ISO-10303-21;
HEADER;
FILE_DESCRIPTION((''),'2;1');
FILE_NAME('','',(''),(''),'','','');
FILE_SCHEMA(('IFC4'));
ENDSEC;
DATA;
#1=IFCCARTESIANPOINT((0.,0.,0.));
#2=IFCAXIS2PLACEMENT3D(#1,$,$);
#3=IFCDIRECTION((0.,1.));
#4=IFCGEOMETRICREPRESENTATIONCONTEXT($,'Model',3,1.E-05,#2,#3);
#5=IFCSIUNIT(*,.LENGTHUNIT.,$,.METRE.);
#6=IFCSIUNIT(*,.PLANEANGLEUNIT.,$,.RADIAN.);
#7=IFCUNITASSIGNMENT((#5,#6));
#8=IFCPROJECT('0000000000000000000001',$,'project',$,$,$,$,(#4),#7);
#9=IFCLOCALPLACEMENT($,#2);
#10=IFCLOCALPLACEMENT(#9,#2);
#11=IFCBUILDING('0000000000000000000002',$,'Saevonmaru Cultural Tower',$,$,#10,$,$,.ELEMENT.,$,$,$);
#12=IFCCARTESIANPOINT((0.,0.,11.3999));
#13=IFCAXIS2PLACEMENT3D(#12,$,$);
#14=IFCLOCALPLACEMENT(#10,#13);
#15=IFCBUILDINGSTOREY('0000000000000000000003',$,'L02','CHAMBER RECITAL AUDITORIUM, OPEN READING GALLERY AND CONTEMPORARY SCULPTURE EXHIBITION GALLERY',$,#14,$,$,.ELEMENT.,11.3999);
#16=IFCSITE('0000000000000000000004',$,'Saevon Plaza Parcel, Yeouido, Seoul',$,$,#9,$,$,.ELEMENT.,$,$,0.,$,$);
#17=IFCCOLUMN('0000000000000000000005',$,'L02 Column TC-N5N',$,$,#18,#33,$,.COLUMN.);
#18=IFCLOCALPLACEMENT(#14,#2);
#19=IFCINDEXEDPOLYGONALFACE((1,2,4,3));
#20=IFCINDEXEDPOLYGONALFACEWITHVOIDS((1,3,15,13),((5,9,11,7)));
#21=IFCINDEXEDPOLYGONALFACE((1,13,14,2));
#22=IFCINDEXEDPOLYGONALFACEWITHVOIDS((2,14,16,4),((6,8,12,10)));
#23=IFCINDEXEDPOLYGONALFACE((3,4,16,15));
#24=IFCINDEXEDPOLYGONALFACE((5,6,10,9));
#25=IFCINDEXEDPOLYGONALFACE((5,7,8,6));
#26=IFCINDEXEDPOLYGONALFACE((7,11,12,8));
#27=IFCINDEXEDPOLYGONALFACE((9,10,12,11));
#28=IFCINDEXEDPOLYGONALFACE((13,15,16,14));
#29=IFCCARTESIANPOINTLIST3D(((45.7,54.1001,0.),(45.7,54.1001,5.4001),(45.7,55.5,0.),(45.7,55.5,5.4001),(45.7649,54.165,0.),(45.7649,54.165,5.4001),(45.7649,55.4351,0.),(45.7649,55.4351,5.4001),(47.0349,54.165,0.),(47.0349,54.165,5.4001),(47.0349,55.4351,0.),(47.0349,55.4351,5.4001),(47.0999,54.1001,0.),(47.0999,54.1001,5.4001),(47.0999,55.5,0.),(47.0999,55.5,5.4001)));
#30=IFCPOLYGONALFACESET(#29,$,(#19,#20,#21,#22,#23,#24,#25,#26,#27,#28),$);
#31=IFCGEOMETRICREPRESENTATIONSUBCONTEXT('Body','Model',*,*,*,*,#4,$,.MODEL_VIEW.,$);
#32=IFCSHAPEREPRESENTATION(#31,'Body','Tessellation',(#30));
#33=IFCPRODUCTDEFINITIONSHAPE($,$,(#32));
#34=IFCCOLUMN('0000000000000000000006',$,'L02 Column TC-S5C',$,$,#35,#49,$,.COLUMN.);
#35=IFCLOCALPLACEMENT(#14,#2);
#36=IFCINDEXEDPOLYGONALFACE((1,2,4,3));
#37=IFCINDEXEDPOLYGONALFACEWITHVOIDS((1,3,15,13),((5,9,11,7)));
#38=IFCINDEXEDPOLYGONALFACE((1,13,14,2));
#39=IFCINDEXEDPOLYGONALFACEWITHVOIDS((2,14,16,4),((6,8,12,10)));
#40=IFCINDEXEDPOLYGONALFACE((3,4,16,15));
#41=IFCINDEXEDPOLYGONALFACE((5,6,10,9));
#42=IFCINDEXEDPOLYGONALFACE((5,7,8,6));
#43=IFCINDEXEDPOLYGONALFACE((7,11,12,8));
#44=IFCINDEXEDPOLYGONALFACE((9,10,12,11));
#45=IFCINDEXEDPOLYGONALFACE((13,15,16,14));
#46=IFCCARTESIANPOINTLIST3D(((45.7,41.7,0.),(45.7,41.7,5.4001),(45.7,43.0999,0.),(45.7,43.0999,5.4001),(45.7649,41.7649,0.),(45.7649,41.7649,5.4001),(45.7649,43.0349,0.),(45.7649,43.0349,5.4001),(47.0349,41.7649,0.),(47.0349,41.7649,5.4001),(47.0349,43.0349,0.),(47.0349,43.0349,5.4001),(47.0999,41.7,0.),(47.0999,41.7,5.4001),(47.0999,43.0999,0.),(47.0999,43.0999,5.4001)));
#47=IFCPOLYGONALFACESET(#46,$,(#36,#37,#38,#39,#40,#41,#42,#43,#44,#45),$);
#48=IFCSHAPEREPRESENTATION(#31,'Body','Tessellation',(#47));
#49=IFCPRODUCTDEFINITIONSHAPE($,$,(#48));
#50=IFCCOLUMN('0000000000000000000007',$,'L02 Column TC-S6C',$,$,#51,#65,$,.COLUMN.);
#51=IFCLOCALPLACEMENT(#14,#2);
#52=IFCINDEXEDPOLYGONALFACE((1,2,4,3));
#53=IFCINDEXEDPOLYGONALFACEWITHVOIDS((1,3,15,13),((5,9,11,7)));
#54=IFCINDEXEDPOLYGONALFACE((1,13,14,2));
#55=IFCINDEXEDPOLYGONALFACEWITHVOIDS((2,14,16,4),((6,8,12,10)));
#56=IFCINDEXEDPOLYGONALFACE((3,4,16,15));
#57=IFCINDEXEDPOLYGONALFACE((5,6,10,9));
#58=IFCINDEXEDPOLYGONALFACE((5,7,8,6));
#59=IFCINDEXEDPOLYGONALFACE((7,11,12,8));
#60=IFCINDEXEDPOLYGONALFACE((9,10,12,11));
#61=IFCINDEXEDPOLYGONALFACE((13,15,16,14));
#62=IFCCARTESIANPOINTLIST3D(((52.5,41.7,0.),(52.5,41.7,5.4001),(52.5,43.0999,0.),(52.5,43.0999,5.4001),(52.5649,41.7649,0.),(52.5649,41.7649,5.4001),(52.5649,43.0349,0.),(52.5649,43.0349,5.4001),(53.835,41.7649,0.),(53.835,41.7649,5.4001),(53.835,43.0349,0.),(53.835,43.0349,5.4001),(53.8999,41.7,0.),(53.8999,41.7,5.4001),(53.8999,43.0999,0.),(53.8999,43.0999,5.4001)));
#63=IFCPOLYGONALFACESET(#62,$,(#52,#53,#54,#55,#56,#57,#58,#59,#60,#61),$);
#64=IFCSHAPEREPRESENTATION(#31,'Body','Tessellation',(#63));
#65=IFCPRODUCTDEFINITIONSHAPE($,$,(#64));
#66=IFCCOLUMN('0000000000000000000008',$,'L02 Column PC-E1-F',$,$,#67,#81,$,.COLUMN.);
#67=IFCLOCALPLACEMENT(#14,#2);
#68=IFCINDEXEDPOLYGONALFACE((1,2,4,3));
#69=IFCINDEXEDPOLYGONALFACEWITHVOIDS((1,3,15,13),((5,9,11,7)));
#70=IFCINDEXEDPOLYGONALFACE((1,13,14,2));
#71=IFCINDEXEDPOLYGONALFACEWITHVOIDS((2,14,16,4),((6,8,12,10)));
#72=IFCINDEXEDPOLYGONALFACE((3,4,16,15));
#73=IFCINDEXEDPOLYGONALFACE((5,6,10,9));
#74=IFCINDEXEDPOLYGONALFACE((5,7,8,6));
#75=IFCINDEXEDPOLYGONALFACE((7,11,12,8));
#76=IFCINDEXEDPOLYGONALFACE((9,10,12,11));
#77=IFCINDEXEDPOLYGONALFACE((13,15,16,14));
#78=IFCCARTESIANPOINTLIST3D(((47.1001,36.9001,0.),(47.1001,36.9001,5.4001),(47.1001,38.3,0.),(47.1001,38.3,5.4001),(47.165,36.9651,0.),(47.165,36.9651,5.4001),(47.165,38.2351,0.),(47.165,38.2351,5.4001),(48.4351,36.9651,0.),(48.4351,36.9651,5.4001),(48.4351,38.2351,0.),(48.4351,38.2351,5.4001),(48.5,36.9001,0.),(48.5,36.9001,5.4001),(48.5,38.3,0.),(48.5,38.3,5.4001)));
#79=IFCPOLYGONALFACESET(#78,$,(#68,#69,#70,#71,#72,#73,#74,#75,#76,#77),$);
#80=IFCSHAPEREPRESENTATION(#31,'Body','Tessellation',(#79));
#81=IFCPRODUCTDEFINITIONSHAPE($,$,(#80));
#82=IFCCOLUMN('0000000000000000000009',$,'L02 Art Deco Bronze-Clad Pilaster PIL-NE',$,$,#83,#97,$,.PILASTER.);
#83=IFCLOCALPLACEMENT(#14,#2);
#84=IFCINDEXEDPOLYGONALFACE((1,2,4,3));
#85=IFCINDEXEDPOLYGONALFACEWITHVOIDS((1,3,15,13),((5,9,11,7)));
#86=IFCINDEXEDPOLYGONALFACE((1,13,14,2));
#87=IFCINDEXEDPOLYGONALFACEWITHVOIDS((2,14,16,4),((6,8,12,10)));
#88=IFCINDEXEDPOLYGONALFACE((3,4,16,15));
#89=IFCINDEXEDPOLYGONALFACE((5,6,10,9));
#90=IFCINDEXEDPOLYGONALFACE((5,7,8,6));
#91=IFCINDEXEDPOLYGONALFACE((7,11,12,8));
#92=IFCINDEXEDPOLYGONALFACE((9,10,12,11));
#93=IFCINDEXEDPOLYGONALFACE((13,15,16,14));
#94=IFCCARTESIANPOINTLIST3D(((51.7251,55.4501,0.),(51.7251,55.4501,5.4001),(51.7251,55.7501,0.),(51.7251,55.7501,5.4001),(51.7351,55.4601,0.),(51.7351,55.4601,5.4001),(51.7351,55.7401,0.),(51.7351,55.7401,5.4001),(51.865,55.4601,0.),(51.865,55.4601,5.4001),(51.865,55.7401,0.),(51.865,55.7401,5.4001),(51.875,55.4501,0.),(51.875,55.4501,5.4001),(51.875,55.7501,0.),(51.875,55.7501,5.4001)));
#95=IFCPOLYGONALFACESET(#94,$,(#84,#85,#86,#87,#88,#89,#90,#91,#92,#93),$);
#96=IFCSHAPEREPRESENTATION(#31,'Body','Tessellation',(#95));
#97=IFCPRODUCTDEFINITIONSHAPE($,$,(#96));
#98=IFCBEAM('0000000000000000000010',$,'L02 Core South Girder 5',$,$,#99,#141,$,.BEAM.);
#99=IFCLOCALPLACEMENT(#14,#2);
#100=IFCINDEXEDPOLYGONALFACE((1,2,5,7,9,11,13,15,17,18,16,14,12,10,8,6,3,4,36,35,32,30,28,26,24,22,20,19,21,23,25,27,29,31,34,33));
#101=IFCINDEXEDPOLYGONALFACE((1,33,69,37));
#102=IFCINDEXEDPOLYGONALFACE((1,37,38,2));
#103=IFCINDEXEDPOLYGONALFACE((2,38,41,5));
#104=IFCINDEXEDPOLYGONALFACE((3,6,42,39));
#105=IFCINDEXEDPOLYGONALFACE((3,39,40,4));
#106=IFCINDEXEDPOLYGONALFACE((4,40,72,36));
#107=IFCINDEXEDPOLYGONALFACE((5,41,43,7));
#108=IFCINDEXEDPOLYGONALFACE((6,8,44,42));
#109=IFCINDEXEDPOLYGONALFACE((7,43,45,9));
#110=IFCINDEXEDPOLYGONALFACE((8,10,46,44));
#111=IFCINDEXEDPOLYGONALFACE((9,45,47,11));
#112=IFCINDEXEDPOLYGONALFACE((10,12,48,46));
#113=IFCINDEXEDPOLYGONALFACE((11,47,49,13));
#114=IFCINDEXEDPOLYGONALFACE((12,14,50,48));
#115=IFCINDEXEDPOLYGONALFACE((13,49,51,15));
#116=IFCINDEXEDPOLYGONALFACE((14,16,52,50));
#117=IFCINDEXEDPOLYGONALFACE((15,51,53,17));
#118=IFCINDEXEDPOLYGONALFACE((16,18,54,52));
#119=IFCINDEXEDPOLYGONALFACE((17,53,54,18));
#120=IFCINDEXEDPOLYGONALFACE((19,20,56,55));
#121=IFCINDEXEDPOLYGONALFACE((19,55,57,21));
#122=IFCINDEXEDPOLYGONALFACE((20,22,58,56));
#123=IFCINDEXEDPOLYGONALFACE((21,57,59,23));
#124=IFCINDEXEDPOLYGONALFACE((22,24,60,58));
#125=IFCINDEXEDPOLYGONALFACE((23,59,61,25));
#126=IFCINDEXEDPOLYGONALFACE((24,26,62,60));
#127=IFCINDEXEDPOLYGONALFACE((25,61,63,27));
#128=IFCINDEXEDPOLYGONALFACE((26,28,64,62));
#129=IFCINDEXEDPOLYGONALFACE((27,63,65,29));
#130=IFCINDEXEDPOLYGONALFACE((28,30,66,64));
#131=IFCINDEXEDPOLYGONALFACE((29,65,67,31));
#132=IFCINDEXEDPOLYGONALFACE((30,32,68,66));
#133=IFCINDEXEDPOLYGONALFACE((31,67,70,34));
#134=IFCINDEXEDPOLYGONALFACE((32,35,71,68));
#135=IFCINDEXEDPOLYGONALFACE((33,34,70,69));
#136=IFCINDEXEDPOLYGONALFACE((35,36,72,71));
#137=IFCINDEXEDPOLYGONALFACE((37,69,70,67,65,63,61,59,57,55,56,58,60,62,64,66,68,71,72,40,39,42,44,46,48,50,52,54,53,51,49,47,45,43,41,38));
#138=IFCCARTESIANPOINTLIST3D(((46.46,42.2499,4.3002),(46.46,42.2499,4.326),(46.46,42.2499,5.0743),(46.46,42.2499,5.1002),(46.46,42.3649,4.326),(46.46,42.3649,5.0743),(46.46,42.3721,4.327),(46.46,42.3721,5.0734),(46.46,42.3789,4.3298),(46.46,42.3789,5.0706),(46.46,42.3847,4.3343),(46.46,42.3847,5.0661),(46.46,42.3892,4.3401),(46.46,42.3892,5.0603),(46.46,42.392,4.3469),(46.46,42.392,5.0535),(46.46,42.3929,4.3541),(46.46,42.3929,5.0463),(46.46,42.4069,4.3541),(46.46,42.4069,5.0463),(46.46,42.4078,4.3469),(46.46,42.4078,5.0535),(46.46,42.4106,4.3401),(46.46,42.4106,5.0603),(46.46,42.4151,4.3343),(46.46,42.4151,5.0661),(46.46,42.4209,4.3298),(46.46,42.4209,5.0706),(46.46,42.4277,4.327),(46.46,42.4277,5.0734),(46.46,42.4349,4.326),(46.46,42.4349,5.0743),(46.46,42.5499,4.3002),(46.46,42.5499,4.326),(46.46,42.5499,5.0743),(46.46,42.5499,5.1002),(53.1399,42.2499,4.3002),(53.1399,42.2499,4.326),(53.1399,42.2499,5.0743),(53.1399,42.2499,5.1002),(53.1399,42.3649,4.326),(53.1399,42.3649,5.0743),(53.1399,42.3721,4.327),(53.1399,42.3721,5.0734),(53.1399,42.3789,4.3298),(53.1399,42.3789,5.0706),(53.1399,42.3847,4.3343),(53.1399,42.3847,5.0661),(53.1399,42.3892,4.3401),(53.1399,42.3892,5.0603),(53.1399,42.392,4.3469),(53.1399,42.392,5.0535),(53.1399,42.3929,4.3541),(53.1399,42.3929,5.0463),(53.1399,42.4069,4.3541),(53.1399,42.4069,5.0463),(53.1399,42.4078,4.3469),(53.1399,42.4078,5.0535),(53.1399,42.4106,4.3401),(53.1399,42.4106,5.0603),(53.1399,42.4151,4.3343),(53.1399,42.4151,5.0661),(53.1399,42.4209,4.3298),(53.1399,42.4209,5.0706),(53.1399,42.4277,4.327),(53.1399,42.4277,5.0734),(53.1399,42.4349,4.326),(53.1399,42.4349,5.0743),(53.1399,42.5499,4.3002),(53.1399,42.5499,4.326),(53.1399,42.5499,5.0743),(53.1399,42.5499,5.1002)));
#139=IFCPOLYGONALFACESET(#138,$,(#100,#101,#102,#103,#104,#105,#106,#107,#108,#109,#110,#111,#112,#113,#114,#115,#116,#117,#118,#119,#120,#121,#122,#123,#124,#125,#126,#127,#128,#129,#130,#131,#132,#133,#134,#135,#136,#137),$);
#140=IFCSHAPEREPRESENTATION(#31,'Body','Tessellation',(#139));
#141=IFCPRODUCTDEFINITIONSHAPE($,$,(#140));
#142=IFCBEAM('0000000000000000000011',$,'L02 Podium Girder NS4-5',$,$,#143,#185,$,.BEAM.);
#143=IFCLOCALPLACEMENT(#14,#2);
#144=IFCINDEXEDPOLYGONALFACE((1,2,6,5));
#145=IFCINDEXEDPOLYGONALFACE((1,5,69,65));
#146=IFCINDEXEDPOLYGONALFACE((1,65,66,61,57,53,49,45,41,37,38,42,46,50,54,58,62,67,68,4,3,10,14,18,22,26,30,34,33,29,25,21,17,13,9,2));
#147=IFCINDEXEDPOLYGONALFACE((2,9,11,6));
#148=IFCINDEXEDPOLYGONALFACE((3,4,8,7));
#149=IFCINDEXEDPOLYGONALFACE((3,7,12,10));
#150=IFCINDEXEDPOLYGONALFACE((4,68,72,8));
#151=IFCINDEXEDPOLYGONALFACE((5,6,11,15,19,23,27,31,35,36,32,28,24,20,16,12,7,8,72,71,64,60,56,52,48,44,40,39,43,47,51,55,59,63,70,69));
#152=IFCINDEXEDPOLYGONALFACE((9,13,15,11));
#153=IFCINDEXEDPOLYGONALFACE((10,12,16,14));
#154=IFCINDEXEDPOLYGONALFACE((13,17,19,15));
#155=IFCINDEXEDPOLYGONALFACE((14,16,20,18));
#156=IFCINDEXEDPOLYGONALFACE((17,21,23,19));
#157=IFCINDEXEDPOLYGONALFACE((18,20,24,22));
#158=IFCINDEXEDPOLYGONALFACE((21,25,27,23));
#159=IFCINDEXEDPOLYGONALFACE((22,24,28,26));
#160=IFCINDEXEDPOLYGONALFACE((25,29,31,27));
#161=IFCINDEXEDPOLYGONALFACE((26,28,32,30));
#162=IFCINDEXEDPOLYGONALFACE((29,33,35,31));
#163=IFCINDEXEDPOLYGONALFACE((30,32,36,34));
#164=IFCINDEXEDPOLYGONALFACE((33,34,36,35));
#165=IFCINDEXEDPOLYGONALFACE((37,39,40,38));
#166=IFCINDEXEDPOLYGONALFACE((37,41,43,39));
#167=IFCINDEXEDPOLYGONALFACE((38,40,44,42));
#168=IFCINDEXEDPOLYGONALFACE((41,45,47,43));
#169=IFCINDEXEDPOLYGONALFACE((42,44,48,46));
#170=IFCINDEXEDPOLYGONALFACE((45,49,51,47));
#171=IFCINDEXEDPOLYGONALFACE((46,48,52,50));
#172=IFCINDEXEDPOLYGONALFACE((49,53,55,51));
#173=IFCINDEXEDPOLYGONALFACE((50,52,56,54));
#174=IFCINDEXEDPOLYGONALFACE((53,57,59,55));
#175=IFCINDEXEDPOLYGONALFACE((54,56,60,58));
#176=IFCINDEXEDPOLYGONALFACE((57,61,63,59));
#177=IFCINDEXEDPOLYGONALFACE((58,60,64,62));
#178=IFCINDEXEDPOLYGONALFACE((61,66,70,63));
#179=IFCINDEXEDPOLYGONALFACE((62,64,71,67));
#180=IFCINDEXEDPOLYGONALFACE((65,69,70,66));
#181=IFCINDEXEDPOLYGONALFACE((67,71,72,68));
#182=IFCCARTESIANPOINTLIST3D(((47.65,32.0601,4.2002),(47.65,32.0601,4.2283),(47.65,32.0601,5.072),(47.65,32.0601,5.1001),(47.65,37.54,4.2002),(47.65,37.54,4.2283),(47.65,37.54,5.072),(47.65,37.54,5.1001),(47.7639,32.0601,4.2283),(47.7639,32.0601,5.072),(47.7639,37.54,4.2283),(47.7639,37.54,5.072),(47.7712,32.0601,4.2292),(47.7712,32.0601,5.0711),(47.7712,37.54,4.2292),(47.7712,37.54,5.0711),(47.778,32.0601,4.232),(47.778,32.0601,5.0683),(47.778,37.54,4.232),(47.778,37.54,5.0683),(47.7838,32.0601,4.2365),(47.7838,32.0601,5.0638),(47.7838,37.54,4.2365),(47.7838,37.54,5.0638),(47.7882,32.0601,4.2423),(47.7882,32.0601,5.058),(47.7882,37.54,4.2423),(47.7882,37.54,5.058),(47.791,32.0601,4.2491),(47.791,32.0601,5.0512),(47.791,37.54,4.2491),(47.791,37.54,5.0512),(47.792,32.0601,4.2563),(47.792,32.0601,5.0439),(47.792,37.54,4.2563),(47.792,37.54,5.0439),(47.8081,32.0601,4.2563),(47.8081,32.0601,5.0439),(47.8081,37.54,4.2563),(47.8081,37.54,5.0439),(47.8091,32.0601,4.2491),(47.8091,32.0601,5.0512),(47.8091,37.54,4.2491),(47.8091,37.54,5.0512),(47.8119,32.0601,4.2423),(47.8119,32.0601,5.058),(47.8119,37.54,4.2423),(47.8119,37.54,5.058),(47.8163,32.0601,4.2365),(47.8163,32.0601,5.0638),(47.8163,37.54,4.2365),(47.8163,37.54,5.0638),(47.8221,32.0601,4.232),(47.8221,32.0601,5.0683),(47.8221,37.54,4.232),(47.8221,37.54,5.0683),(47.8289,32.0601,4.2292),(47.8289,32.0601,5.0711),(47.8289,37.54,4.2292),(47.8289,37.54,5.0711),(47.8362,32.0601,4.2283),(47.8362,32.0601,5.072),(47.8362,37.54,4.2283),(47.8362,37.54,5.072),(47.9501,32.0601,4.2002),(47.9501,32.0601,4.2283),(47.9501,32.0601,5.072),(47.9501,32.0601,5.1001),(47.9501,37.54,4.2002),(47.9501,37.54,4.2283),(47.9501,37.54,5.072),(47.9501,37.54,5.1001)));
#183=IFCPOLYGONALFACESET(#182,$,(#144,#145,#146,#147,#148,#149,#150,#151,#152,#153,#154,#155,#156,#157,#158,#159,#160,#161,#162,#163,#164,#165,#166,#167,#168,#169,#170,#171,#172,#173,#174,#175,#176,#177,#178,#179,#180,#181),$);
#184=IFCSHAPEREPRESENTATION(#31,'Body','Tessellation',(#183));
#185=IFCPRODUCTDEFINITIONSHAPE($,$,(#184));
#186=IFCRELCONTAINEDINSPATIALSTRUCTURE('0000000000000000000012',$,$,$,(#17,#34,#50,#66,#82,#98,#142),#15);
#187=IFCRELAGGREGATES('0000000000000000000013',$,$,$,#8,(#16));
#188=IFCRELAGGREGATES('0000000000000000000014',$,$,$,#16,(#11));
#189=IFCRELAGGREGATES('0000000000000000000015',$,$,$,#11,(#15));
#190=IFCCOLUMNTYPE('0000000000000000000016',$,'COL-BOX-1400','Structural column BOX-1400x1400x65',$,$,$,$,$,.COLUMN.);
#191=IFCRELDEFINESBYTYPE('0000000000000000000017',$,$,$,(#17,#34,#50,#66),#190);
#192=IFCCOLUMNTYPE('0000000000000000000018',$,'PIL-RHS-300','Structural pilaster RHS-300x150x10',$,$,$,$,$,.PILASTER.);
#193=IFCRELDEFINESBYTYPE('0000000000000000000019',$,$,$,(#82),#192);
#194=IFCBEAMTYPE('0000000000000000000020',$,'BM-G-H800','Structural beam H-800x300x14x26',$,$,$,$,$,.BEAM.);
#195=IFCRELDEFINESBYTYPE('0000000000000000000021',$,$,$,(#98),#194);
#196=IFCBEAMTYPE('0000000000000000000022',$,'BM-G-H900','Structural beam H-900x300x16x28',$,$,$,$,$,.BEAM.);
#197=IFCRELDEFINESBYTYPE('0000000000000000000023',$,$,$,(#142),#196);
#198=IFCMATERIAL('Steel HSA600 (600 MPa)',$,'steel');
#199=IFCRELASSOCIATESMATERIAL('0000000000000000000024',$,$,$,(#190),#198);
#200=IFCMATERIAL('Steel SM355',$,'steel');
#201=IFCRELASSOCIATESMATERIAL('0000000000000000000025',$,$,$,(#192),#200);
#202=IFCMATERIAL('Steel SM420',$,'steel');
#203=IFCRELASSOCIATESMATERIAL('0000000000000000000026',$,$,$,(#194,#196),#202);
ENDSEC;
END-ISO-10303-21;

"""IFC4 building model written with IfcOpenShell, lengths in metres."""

from ifc_helpers import new_model, si_unit, direction, frame, origin, origin_2d, place, context, subcontext, project, spatial, hollow_rectangle, i_section, extrude, material, material_profile, profile_set, type_object, element, save


model = new_model("IFC4")

# Units and contexts
model_context = context("Model", 3, precision=1e-05, world=origin(), true_north=direction((0.0, 1.0)))
body_context = subcontext(model_context, "Body", "Model", "MODEL_VIEW")
ifc_project = project(units=[si_unit("LENGTHUNIT", "METRE"), si_unit("PLANEANGLEUNIT", "RADIAN")], contexts=[model_context])

# Site, building, storey
site_placement = place(None, origin())
site = spatial("IfcSite", under=ifc_project, at=site_placement, Name="Saevon Plaza Parcel, Yeouido, Seoul", CompositionType="ELEMENT", RefElevation=0.0)
building_placement = place(site_placement, origin())
building = spatial("IfcBuilding", under=site, at=building_placement, Name="Saevonmaru Cultural Tower", CompositionType="ELEMENT")
storey_placement = place(building_placement, frame((0.0, 0.0, 11.3999)))
storey = spatial("IfcBuildingStorey", under=building, at=storey_placement, Name="L02", Description="CHAMBER RECITAL AUDITORIUM, OPEN READING GALLERY AND CONTEMPORARY SCULPTURE EXHIBITION GALLERY", CompositionType="ELEMENT", Elevation=11.3999)

# Columns
ifc_material_1 = material(Name="Steel HSA600 (600 MPa)", Category="steel")
ifc_material_profile_1 = material_profile(ifc_material_1, hollow_rectangle(XDim=1.3999, YDim=1.3999, WallThickness=0.0649, at=origin_2d()), Name="BOX-1400x1400x65")
ifc_profile_set_1 = profile_set([ifc_material_profile_1], Name="Steel HSA600 (600 MPa)")
column_type_1 = type_object("IfcColumnType", Name="COL-BOX-1400", Description="Structural column BOX-1400x1400x65", PredefinedType="COLUMN", material=ifc_profile_set_1)
for number, where, z_axis, x_axis, name in (
    (1, (46.3999, 54.8, 0.0), (0.0, 0.0, 1.0), (1.0, 0.0, 0.0), "L02 Column TC-N5N"),
    (2, (46.3999, 42.3999, 0.0), (0.0, 0.0, 1.0), (1.0, 0.0, 0.0), "L02 Column TC-S5C"),
    (3, (53.2, 42.3999, 0.0), (0.0, 0.0, 1.0), (1.0, 0.0, 0.0), "L02 Column TC-S6C"),
    (4, (47.8, 37.6001, 0.0), (0.0, 0.0, 1.0), (1.0, 0.0, 0.0), "L02 Column PC-E1-F"),
):
    element("IfcColumn", number, at=place(storey_placement, frame(where, z_axis=z_axis, x_axis=x_axis)), inside=storey, type_object=column_type_1, Name=name, PredefinedType="COLUMN", context=body_context, shape_type="SweptSolid", body=[
        extrude(hollow_rectangle(XDim=1.3999, YDim=1.3999, WallThickness=0.0649, at=origin_2d()), origin(), (0.0, 0.0, 1.0), 5.4001),
    ])
ifc_material_2 = material(Name="Steel SM355", Category="steel")
ifc_material_profile_2 = material_profile(ifc_material_2, hollow_rectangle(XDim=0.1499, YDim=0.3, WallThickness=0.01, at=origin_2d()), Name="RHS-300x150x10")
ifc_profile_set_2 = profile_set([ifc_material_profile_2], Name="Steel SM355")
column_type_2 = type_object("IfcColumnType", Name="PIL-RHS-300", Description="Structural pilaster RHS-300x150x10", PredefinedType="PILASTER", material=ifc_profile_set_2)
column_placement = place(storey_placement, frame((51.8, 55.6001, 0.0), z_axis=(0.0, 0.0, 1.0), x_axis=(1.0, 0.0, 0.0)))
element("IfcColumn", 5, at=column_placement, inside=storey, type_object=column_type_2, Name="L02 Art Deco Bronze-Clad Pilaster PIL-NE", PredefinedType="PILASTER", context=body_context, shape_type="SweptSolid", body=[
    extrude(hollow_rectangle(XDim=0.1499, YDim=0.3, WallThickness=0.01, at=origin_2d()), origin(), (0.0, 0.0, 1.0), 5.4001),
])

# Beams
ifc_material_3 = material(Name="Steel SM420", Category="steel")
ifc_material_profile_3 = material_profile(ifc_material_3, i_section(OverallWidth=0.3, OverallDepth=0.8, WebThickness=0.0139, FlangeThickness=0.0259, FilletRadius=0.0281, at=origin_2d()), Name="H-800x300x14x26")
ifc_profile_set_3 = profile_set([ifc_material_profile_3], Name="Steel SM420")
beam_type_1 = type_object("IfcBeamType", Name="BM-G-H800", Description="Structural beam H-800x300x14x26", PredefinedType="BEAM", material=ifc_profile_set_3)
beam_1_placement = place(storey_placement, frame((46.46, 42.3999, 4.7002), z_axis=(1.0, 0.0, 0.0), x_axis=(0.0, 1.0, 0.0)))
element("IfcBeam", 6, at=beam_1_placement, inside=storey, type_object=beam_type_1, Name="L02 Core South Girder 5", PredefinedType="BEAM", context=body_context, shape_type="SweptSolid", body=[
    extrude(i_section(OverallWidth=0.3, OverallDepth=0.8, WebThickness=0.0139, FlangeThickness=0.0259, FilletRadius=0.0281, at=origin_2d()), origin(), (0.0, 0.0, 1.0), 6.6799),
])
ifc_material_profile_4 = material_profile(ifc_material_3, i_section(OverallWidth=0.3, OverallDepth=0.8999, WebThickness=0.0161, FlangeThickness=0.0281, FilletRadius=0.0281, at=origin_2d()), Name="H-900x300x16x28")
ifc_profile_set_4 = profile_set([ifc_material_profile_4], Name="Steel SM420")
beam_type_2 = type_object("IfcBeamType", Name="BM-G-H900", Description="Structural beam H-900x300x16x28", PredefinedType="BEAM", material=ifc_profile_set_4)
beam_2_placement = place(storey_placement, frame((47.8, 32.0601, 4.6501), z_axis=(0.0, 1.0, 0.0), x_axis=(-1.0, 0.0, 0.0)))
element("IfcBeam", 7, at=beam_2_placement, inside=storey, type_object=beam_type_2, Name="L02 Podium Girder NS4-5", PredefinedType="BEAM", context=body_context, shape_type="SweptSolid", body=[
    extrude(i_section(OverallWidth=0.3, OverallDepth=0.8999, WebThickness=0.0161, FlangeThickness=0.0281, FilletRadius=0.0281, at=origin_2d()), origin(), (0.0, 0.0, 1.0), 5.48),
])

save(model, "model.ifc")
